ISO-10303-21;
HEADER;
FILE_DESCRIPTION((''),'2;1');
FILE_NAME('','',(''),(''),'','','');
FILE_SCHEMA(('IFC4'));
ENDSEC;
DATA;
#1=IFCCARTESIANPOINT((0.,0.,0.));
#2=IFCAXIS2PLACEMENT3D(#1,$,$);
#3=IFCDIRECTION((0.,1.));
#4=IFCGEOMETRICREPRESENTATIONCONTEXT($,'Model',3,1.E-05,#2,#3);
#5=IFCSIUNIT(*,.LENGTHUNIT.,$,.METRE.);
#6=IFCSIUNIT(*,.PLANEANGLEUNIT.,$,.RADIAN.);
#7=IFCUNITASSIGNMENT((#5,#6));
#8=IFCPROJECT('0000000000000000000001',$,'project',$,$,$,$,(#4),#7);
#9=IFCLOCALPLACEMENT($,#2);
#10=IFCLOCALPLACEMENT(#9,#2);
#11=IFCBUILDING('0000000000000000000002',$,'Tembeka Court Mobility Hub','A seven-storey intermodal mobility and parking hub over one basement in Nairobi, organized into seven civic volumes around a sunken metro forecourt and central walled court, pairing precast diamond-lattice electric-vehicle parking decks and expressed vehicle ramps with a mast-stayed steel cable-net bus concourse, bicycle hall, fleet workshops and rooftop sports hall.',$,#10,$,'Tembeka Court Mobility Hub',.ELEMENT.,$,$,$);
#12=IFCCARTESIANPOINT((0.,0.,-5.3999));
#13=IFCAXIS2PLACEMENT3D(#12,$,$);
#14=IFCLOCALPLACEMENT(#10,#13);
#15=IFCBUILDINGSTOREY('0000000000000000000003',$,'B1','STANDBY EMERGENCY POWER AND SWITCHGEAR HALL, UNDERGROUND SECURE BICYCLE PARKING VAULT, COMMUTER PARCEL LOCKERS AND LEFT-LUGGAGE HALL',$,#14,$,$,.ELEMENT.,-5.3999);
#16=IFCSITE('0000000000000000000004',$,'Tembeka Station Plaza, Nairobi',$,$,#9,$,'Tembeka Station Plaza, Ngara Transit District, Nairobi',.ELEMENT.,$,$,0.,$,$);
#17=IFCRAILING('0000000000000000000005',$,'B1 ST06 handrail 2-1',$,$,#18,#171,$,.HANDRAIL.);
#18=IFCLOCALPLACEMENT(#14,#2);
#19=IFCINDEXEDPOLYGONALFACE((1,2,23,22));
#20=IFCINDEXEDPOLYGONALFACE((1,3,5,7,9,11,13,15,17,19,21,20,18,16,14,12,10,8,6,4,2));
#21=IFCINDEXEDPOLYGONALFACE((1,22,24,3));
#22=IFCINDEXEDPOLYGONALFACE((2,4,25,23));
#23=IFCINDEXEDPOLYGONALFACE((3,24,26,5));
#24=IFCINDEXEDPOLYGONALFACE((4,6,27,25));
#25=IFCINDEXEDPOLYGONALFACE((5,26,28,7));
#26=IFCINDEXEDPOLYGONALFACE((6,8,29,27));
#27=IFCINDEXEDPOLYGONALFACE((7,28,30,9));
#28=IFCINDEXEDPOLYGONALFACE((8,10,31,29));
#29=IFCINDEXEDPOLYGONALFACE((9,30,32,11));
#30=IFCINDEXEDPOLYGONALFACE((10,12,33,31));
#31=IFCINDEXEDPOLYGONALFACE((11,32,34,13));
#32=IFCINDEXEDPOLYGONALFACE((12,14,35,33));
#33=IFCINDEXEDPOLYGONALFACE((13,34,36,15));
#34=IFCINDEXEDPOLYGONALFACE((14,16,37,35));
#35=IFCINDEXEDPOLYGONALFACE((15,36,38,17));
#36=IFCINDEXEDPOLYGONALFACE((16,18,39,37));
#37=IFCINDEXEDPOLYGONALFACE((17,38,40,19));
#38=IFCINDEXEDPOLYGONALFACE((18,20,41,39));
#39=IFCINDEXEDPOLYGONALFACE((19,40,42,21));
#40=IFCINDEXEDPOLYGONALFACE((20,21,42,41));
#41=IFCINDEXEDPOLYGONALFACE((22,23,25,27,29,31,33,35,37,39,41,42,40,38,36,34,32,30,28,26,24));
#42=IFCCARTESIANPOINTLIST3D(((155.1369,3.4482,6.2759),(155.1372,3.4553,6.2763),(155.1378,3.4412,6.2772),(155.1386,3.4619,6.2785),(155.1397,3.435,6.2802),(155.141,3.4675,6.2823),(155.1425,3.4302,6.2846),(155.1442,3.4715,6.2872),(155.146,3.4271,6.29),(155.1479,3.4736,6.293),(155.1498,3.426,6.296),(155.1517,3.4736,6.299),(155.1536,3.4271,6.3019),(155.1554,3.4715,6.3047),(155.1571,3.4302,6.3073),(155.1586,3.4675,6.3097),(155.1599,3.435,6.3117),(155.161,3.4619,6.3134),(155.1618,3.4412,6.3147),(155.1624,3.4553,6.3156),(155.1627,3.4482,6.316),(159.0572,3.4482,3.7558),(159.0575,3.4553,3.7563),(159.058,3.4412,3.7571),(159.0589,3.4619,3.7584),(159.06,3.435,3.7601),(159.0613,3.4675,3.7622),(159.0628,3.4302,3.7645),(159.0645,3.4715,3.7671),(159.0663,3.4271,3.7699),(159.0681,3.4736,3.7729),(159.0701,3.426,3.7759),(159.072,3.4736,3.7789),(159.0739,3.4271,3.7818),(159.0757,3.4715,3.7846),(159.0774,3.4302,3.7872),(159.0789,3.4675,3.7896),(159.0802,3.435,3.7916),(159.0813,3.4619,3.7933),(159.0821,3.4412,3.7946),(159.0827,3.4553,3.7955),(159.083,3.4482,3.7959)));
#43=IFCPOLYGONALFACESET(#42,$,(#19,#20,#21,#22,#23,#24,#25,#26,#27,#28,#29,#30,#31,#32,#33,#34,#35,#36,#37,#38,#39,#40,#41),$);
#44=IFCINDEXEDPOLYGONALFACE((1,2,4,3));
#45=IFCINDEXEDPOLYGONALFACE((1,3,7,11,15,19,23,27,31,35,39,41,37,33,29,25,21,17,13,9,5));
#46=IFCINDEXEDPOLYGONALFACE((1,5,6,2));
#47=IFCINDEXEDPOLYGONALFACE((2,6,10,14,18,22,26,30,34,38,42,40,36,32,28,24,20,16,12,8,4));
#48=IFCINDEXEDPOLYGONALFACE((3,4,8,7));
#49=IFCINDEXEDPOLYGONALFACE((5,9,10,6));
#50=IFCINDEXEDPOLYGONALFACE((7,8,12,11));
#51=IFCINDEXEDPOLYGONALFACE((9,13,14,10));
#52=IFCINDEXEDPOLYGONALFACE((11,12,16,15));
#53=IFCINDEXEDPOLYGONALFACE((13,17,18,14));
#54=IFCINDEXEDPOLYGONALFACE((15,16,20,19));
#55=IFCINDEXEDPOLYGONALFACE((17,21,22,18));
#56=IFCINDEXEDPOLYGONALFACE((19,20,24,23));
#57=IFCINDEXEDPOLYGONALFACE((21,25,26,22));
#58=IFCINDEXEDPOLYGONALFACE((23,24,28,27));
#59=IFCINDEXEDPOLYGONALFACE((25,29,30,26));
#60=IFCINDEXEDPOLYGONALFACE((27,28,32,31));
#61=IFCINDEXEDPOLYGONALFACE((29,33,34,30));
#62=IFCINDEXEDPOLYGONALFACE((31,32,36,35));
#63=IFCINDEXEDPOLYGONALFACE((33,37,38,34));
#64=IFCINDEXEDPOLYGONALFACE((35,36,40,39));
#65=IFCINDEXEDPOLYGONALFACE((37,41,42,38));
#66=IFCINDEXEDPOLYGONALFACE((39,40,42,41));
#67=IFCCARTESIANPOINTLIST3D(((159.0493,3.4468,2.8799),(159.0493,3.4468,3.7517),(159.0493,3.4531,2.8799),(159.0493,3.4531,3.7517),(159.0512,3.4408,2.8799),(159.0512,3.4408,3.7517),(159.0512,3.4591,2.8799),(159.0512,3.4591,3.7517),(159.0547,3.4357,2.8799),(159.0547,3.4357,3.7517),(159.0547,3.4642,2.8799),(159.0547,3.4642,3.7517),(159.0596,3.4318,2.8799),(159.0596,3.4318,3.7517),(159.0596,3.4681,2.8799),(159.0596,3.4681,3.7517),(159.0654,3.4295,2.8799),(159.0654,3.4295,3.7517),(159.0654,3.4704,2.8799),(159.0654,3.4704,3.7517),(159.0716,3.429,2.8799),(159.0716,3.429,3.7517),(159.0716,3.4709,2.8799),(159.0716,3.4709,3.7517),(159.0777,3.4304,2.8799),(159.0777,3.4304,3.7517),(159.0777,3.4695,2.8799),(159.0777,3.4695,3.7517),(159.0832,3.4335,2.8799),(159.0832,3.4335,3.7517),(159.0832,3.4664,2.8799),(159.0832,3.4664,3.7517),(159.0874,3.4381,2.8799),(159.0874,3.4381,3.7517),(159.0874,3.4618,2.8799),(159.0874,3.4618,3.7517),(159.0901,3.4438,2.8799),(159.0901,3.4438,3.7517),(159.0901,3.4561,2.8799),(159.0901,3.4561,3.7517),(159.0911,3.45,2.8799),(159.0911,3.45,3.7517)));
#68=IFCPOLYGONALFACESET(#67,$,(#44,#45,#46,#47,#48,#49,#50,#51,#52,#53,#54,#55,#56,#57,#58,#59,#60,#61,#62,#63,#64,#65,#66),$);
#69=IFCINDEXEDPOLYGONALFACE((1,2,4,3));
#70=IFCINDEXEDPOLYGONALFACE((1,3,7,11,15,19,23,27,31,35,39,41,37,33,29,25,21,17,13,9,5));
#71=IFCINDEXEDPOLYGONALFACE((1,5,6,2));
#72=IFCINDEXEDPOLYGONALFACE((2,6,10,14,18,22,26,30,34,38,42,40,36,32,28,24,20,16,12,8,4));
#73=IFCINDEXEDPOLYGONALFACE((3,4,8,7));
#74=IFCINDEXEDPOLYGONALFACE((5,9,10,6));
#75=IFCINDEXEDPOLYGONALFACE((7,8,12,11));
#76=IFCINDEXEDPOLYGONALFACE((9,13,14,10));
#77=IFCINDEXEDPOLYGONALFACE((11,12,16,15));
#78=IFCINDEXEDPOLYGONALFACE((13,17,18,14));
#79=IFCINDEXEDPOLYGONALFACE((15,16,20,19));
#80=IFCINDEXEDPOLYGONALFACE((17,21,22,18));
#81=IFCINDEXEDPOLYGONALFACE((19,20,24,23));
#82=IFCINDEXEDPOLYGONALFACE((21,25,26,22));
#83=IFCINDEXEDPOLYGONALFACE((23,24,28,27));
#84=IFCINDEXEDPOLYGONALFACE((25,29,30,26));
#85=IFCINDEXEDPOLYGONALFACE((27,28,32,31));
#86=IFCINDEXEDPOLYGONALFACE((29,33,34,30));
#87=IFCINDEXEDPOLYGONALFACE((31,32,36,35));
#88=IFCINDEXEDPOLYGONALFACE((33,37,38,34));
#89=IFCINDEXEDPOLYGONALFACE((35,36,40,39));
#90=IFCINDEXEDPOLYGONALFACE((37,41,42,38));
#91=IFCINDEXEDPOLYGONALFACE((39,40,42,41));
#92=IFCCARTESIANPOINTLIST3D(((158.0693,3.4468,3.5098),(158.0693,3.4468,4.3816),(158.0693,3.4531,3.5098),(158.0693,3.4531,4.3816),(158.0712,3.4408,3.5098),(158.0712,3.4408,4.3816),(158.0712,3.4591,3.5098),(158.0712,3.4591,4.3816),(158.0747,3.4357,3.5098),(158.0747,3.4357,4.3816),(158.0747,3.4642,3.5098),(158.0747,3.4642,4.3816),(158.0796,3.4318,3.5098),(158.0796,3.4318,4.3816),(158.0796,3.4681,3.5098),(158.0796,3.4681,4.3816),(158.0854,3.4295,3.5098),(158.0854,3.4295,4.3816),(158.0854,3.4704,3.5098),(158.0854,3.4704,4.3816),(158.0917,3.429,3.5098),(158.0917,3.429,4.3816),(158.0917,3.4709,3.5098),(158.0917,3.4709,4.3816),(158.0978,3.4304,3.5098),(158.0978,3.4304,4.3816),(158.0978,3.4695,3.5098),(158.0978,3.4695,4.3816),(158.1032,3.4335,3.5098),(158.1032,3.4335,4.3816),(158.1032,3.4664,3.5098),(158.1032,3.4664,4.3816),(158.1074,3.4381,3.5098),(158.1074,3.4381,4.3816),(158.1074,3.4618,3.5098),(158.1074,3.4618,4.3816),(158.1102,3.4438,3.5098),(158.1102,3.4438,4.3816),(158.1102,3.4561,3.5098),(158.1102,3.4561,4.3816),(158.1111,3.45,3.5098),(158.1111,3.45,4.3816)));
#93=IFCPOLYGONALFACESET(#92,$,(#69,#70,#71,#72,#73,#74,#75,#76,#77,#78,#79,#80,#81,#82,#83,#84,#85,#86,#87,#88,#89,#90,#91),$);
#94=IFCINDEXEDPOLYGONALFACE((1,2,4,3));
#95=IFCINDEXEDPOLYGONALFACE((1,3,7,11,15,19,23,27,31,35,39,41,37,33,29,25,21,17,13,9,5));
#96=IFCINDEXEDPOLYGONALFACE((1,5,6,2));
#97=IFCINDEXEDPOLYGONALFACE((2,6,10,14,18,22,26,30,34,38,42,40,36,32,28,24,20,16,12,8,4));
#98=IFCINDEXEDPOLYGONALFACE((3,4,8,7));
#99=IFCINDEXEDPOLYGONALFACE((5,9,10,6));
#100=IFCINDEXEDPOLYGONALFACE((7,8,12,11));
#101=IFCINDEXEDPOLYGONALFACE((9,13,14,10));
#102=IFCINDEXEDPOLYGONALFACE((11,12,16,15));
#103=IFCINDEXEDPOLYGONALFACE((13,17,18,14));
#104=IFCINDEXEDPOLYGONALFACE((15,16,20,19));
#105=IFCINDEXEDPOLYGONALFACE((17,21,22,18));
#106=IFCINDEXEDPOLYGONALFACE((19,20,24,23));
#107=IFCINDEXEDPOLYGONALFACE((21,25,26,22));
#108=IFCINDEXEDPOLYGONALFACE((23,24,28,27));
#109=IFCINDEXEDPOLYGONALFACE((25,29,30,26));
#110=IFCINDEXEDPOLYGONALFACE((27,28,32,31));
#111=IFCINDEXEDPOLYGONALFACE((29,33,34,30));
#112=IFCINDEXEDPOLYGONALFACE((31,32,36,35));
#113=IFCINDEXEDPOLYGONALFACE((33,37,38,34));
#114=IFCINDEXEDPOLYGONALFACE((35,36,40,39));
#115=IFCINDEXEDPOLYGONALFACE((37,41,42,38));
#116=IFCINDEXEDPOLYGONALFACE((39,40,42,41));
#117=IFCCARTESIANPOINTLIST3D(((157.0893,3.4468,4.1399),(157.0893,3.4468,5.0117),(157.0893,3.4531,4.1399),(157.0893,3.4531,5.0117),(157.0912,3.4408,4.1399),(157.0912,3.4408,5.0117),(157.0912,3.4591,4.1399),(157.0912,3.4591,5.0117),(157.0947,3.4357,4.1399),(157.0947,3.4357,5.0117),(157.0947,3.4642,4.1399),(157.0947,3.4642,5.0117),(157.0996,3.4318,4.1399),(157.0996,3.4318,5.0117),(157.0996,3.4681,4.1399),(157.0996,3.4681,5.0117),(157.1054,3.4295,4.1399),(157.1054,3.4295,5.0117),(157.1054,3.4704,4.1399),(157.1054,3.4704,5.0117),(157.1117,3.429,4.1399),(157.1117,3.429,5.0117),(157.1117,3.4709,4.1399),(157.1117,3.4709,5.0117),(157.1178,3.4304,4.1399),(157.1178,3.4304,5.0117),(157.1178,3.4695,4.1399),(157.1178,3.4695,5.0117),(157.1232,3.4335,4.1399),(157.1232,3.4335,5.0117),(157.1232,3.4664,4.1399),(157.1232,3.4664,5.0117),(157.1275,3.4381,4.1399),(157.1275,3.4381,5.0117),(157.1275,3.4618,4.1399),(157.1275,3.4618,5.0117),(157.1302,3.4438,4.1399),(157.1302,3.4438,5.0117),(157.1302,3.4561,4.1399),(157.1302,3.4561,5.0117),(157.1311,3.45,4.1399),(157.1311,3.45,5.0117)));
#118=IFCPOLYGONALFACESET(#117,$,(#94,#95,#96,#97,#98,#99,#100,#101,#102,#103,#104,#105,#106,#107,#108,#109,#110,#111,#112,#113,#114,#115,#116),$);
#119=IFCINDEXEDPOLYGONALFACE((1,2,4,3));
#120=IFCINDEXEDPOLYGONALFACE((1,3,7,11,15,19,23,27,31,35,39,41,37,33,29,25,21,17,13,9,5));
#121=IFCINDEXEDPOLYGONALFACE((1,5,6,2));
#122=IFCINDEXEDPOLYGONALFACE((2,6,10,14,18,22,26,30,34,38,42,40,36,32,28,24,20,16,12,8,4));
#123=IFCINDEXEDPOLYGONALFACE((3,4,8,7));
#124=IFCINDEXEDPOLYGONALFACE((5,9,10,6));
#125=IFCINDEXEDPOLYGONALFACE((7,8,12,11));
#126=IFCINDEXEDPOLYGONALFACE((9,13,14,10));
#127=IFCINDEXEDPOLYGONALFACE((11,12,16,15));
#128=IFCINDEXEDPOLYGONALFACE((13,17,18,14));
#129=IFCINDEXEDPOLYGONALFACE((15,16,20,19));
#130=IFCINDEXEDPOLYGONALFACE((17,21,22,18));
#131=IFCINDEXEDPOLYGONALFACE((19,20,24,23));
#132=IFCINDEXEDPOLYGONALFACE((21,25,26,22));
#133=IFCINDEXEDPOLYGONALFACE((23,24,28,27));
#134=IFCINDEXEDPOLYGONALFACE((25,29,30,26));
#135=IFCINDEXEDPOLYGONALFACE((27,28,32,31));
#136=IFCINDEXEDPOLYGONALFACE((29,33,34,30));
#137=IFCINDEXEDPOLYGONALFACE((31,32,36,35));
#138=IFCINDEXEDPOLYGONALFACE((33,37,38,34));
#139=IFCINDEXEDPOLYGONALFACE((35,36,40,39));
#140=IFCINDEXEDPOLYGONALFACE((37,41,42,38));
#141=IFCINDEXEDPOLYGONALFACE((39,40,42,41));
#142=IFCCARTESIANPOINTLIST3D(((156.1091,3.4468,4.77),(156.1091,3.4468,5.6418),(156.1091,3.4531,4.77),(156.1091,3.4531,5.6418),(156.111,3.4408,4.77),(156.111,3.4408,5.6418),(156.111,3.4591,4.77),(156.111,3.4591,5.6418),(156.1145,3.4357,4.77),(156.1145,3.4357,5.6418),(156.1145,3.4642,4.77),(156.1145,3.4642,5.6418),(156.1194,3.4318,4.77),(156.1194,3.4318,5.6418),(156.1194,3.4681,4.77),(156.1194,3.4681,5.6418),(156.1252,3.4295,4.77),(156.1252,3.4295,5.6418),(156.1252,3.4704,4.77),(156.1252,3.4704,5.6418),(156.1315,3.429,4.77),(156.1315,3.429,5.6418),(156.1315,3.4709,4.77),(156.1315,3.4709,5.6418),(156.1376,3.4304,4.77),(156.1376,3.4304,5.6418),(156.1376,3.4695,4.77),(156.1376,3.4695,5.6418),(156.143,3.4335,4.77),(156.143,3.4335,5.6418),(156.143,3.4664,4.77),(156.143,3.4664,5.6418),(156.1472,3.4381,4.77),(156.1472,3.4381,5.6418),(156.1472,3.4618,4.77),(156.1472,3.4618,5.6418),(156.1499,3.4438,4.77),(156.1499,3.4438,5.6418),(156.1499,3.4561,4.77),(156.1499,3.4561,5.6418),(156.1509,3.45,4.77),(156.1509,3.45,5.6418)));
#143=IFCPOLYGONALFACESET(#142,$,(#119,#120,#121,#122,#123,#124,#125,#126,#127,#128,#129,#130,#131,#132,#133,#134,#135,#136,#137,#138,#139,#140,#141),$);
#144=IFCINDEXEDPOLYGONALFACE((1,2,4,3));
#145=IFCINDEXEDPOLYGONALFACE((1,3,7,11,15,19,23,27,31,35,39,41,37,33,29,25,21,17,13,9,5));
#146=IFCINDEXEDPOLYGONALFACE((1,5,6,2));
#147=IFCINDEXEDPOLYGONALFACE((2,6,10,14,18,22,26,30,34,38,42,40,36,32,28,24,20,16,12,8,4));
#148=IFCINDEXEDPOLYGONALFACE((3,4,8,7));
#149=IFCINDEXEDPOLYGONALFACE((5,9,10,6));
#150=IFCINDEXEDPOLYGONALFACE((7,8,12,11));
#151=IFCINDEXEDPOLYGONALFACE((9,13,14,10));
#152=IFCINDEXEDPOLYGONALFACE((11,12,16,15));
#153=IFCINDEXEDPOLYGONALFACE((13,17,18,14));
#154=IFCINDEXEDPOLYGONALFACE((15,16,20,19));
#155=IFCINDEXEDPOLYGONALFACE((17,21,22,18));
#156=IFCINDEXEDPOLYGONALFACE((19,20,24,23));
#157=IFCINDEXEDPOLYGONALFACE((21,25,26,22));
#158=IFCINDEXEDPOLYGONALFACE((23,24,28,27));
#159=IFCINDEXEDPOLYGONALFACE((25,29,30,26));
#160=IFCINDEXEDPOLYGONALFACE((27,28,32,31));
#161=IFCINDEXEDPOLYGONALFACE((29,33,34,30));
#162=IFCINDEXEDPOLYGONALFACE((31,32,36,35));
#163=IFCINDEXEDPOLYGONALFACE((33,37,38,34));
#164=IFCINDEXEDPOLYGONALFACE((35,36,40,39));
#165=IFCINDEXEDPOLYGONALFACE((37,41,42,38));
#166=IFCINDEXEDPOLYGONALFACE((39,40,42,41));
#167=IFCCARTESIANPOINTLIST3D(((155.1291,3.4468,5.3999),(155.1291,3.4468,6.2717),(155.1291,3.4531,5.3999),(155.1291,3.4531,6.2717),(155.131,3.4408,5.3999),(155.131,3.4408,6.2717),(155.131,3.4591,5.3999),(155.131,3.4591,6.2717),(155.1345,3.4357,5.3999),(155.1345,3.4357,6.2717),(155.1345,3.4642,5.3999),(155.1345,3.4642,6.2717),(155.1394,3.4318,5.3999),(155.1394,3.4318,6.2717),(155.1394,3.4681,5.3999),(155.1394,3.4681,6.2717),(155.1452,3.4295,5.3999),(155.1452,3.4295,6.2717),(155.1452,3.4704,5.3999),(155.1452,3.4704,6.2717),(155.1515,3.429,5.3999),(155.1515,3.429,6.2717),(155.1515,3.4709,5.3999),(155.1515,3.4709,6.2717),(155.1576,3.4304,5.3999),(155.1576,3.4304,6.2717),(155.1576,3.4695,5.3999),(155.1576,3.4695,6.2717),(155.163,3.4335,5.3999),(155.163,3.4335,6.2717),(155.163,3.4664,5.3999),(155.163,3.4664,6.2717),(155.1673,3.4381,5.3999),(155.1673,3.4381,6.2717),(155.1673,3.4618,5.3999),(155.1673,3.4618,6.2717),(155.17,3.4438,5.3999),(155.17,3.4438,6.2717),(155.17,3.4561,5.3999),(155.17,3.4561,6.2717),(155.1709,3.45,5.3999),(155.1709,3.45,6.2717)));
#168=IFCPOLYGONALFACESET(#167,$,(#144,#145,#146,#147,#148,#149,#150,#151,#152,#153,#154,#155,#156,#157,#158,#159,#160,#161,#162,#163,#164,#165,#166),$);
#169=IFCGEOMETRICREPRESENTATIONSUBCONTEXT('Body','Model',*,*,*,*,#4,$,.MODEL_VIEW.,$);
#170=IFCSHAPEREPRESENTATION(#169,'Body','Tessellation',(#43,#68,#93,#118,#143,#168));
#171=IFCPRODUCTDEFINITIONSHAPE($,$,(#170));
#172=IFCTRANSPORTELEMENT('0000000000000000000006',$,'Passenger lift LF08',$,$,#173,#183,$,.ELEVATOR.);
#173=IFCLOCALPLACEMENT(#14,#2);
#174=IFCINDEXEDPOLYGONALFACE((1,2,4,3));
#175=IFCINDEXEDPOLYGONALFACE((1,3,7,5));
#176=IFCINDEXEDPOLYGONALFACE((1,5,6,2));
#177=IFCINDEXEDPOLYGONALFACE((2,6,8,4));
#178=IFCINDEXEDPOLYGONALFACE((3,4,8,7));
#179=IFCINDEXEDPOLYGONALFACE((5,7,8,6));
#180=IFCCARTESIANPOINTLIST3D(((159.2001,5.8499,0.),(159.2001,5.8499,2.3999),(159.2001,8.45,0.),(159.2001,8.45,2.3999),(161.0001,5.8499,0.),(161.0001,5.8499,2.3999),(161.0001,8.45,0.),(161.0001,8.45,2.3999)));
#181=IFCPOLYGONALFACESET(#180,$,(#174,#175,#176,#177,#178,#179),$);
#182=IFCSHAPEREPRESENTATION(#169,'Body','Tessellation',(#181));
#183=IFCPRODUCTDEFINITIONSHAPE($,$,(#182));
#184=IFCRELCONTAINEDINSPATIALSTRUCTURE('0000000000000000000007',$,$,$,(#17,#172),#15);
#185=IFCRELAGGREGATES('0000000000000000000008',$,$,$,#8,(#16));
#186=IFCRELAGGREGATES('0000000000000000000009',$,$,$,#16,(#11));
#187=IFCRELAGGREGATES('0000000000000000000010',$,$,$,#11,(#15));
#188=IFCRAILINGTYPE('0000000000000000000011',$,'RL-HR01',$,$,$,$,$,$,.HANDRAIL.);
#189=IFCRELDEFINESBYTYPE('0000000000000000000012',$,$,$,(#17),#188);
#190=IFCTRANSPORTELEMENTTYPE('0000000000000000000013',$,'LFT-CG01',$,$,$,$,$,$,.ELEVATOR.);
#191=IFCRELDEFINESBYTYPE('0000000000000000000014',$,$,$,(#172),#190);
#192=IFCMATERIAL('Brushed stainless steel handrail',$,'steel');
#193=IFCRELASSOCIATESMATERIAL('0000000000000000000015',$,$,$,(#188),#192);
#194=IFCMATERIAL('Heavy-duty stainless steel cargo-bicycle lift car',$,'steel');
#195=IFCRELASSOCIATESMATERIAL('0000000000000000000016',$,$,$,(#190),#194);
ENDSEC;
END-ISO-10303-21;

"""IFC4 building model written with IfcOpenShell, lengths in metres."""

from ifc_helpers import new_model, si_unit, direction, frame, origin, origin_2d, place, context, subcontext, project, spatial, rectangle, circle, extrude, material, type_object, element, save


model = new_model("IFC4")

# Units and contexts
model_context = context("Model", 3, precision=1e-05, world=origin(), true_north=direction((0.0, 1.0)))
body_context = subcontext(model_context, "Body", "Model", "MODEL_VIEW")
ifc_project = project(units=[si_unit("LENGTHUNIT", "METRE"), si_unit("PLANEANGLEUNIT", "RADIAN")], contexts=[model_context])

# Site, building, storey
site_placement = place(None, origin())
site = spatial("IfcSite", under=ifc_project, at=site_placement, Name="Tembeka Station Plaza, Nairobi", LongName="Tembeka Station Plaza, Ngara Transit District, Nairobi", CompositionType="ELEMENT", RefElevation=0.0)
building_placement = place(site_placement, origin())
building = spatial("IfcBuilding", under=site, at=building_placement, Name="Tembeka Court Mobility Hub", Description="A seven-storey intermodal mobility and parking hub over one basement in Nairobi, organized into seven civic volumes around a sunken metro forecourt and central walled court, pairing precast diamond-lattice electric-vehicle parking decks and expressed vehicle ramps with a mast-stayed steel cable-net bus concourse, bicycle hall, fleet workshops and rooftop sports hall.", LongName="Tembeka Court Mobility Hub", CompositionType="ELEMENT")
storey_placement = place(building_placement, frame((0.0, 0.0, -5.3999)))
storey = spatial("IfcBuildingStorey", under=building, at=storey_placement, Name="B1", Description="STANDBY EMERGENCY POWER AND SWITCHGEAR HALL, UNDERGROUND SECURE BICYCLE PARKING VAULT, COMMUTER PARCEL LOCKERS AND LEFT-LUGGAGE HALL", CompositionType="ELEMENT", Elevation=-5.3999)

# Railing
ifc_material_1 = material(Name="Brushed stainless steel handrail", Category="steel")
railing_type_1 = type_object("IfcRailingType", Name="RL-HR01", PredefinedType="HANDRAIL", material=ifc_material_1)
railing_1_placement = place(storey_placement, frame((159.0701, 3.45, 2.8799)))
element("IfcRailing", 1, at=railing_1_placement, inside=storey, type_object=railing_type_1, Name="B1 ST06 handrail 2-1", PredefinedType="HANDRAIL", context=body_context, shape_type="SweptSolid", body=[
    extrude(circle(Radius=0.0239, at=origin_2d()), frame((0.0, 0.0, 0.896), z_axis=(-0.841187, 0.0, 0.540744), x_axis=(0.0, -1.0, 0.0)), (0.0, 0.0, 1.0), 4.6604),
    extrude(circle(Radius=0.021, at=origin_2d()), origin(), (0.0, 0.0, 1.0), 0.8718),
    extrude(circle(Radius=0.021, at=origin_2d()), frame((-0.98, 0.0, 0.6299)), (0.0, 0.0, 1.0), 0.8718),
    extrude(circle(Radius=0.021, at=origin_2d()), frame((-1.96, 0.0, 1.26)), (0.0, 0.0, 1.0), 0.8718),
    extrude(circle(Radius=0.021, at=origin_2d()), frame((-2.9402, 0.0, 1.8901)), (0.0, 0.0, 1.0), 0.8718),
    extrude(circle(Radius=0.021, at=origin_2d()), frame((-3.9202, 0.0, 2.52)), (0.0, 0.0, 1.0), 0.8718),
])

# Transport element
ifc_material_2 = material(Name="Heavy-duty stainless steel cargo-bicycle lift car", Category="steel")
transport_element_type = type_object("IfcTransportElementType", Name="LFT-CG01", PredefinedType="ELEVATOR", material=ifc_material_2)
transport_element_placement = place(storey_placement, frame((160.1001, 7.1499, 0.0), z_axis=(0.0, 0.0, 1.0), x_axis=(1.0, 0.0, 0.0)))
element("IfcTransportElement", 2, at=transport_element_placement, inside=storey, type_object=transport_element_type, Name="Passenger lift LF08", PredefinedType="ELEVATOR", context=body_context, shape_type="SweptSolid", body=[
    extrude(rectangle(XDim=1.8, YDim=2.6001, at=origin_2d()), origin(), (0.0, 0.0, 1.0), 2.3999),
])

save(model, "model.ifc")
